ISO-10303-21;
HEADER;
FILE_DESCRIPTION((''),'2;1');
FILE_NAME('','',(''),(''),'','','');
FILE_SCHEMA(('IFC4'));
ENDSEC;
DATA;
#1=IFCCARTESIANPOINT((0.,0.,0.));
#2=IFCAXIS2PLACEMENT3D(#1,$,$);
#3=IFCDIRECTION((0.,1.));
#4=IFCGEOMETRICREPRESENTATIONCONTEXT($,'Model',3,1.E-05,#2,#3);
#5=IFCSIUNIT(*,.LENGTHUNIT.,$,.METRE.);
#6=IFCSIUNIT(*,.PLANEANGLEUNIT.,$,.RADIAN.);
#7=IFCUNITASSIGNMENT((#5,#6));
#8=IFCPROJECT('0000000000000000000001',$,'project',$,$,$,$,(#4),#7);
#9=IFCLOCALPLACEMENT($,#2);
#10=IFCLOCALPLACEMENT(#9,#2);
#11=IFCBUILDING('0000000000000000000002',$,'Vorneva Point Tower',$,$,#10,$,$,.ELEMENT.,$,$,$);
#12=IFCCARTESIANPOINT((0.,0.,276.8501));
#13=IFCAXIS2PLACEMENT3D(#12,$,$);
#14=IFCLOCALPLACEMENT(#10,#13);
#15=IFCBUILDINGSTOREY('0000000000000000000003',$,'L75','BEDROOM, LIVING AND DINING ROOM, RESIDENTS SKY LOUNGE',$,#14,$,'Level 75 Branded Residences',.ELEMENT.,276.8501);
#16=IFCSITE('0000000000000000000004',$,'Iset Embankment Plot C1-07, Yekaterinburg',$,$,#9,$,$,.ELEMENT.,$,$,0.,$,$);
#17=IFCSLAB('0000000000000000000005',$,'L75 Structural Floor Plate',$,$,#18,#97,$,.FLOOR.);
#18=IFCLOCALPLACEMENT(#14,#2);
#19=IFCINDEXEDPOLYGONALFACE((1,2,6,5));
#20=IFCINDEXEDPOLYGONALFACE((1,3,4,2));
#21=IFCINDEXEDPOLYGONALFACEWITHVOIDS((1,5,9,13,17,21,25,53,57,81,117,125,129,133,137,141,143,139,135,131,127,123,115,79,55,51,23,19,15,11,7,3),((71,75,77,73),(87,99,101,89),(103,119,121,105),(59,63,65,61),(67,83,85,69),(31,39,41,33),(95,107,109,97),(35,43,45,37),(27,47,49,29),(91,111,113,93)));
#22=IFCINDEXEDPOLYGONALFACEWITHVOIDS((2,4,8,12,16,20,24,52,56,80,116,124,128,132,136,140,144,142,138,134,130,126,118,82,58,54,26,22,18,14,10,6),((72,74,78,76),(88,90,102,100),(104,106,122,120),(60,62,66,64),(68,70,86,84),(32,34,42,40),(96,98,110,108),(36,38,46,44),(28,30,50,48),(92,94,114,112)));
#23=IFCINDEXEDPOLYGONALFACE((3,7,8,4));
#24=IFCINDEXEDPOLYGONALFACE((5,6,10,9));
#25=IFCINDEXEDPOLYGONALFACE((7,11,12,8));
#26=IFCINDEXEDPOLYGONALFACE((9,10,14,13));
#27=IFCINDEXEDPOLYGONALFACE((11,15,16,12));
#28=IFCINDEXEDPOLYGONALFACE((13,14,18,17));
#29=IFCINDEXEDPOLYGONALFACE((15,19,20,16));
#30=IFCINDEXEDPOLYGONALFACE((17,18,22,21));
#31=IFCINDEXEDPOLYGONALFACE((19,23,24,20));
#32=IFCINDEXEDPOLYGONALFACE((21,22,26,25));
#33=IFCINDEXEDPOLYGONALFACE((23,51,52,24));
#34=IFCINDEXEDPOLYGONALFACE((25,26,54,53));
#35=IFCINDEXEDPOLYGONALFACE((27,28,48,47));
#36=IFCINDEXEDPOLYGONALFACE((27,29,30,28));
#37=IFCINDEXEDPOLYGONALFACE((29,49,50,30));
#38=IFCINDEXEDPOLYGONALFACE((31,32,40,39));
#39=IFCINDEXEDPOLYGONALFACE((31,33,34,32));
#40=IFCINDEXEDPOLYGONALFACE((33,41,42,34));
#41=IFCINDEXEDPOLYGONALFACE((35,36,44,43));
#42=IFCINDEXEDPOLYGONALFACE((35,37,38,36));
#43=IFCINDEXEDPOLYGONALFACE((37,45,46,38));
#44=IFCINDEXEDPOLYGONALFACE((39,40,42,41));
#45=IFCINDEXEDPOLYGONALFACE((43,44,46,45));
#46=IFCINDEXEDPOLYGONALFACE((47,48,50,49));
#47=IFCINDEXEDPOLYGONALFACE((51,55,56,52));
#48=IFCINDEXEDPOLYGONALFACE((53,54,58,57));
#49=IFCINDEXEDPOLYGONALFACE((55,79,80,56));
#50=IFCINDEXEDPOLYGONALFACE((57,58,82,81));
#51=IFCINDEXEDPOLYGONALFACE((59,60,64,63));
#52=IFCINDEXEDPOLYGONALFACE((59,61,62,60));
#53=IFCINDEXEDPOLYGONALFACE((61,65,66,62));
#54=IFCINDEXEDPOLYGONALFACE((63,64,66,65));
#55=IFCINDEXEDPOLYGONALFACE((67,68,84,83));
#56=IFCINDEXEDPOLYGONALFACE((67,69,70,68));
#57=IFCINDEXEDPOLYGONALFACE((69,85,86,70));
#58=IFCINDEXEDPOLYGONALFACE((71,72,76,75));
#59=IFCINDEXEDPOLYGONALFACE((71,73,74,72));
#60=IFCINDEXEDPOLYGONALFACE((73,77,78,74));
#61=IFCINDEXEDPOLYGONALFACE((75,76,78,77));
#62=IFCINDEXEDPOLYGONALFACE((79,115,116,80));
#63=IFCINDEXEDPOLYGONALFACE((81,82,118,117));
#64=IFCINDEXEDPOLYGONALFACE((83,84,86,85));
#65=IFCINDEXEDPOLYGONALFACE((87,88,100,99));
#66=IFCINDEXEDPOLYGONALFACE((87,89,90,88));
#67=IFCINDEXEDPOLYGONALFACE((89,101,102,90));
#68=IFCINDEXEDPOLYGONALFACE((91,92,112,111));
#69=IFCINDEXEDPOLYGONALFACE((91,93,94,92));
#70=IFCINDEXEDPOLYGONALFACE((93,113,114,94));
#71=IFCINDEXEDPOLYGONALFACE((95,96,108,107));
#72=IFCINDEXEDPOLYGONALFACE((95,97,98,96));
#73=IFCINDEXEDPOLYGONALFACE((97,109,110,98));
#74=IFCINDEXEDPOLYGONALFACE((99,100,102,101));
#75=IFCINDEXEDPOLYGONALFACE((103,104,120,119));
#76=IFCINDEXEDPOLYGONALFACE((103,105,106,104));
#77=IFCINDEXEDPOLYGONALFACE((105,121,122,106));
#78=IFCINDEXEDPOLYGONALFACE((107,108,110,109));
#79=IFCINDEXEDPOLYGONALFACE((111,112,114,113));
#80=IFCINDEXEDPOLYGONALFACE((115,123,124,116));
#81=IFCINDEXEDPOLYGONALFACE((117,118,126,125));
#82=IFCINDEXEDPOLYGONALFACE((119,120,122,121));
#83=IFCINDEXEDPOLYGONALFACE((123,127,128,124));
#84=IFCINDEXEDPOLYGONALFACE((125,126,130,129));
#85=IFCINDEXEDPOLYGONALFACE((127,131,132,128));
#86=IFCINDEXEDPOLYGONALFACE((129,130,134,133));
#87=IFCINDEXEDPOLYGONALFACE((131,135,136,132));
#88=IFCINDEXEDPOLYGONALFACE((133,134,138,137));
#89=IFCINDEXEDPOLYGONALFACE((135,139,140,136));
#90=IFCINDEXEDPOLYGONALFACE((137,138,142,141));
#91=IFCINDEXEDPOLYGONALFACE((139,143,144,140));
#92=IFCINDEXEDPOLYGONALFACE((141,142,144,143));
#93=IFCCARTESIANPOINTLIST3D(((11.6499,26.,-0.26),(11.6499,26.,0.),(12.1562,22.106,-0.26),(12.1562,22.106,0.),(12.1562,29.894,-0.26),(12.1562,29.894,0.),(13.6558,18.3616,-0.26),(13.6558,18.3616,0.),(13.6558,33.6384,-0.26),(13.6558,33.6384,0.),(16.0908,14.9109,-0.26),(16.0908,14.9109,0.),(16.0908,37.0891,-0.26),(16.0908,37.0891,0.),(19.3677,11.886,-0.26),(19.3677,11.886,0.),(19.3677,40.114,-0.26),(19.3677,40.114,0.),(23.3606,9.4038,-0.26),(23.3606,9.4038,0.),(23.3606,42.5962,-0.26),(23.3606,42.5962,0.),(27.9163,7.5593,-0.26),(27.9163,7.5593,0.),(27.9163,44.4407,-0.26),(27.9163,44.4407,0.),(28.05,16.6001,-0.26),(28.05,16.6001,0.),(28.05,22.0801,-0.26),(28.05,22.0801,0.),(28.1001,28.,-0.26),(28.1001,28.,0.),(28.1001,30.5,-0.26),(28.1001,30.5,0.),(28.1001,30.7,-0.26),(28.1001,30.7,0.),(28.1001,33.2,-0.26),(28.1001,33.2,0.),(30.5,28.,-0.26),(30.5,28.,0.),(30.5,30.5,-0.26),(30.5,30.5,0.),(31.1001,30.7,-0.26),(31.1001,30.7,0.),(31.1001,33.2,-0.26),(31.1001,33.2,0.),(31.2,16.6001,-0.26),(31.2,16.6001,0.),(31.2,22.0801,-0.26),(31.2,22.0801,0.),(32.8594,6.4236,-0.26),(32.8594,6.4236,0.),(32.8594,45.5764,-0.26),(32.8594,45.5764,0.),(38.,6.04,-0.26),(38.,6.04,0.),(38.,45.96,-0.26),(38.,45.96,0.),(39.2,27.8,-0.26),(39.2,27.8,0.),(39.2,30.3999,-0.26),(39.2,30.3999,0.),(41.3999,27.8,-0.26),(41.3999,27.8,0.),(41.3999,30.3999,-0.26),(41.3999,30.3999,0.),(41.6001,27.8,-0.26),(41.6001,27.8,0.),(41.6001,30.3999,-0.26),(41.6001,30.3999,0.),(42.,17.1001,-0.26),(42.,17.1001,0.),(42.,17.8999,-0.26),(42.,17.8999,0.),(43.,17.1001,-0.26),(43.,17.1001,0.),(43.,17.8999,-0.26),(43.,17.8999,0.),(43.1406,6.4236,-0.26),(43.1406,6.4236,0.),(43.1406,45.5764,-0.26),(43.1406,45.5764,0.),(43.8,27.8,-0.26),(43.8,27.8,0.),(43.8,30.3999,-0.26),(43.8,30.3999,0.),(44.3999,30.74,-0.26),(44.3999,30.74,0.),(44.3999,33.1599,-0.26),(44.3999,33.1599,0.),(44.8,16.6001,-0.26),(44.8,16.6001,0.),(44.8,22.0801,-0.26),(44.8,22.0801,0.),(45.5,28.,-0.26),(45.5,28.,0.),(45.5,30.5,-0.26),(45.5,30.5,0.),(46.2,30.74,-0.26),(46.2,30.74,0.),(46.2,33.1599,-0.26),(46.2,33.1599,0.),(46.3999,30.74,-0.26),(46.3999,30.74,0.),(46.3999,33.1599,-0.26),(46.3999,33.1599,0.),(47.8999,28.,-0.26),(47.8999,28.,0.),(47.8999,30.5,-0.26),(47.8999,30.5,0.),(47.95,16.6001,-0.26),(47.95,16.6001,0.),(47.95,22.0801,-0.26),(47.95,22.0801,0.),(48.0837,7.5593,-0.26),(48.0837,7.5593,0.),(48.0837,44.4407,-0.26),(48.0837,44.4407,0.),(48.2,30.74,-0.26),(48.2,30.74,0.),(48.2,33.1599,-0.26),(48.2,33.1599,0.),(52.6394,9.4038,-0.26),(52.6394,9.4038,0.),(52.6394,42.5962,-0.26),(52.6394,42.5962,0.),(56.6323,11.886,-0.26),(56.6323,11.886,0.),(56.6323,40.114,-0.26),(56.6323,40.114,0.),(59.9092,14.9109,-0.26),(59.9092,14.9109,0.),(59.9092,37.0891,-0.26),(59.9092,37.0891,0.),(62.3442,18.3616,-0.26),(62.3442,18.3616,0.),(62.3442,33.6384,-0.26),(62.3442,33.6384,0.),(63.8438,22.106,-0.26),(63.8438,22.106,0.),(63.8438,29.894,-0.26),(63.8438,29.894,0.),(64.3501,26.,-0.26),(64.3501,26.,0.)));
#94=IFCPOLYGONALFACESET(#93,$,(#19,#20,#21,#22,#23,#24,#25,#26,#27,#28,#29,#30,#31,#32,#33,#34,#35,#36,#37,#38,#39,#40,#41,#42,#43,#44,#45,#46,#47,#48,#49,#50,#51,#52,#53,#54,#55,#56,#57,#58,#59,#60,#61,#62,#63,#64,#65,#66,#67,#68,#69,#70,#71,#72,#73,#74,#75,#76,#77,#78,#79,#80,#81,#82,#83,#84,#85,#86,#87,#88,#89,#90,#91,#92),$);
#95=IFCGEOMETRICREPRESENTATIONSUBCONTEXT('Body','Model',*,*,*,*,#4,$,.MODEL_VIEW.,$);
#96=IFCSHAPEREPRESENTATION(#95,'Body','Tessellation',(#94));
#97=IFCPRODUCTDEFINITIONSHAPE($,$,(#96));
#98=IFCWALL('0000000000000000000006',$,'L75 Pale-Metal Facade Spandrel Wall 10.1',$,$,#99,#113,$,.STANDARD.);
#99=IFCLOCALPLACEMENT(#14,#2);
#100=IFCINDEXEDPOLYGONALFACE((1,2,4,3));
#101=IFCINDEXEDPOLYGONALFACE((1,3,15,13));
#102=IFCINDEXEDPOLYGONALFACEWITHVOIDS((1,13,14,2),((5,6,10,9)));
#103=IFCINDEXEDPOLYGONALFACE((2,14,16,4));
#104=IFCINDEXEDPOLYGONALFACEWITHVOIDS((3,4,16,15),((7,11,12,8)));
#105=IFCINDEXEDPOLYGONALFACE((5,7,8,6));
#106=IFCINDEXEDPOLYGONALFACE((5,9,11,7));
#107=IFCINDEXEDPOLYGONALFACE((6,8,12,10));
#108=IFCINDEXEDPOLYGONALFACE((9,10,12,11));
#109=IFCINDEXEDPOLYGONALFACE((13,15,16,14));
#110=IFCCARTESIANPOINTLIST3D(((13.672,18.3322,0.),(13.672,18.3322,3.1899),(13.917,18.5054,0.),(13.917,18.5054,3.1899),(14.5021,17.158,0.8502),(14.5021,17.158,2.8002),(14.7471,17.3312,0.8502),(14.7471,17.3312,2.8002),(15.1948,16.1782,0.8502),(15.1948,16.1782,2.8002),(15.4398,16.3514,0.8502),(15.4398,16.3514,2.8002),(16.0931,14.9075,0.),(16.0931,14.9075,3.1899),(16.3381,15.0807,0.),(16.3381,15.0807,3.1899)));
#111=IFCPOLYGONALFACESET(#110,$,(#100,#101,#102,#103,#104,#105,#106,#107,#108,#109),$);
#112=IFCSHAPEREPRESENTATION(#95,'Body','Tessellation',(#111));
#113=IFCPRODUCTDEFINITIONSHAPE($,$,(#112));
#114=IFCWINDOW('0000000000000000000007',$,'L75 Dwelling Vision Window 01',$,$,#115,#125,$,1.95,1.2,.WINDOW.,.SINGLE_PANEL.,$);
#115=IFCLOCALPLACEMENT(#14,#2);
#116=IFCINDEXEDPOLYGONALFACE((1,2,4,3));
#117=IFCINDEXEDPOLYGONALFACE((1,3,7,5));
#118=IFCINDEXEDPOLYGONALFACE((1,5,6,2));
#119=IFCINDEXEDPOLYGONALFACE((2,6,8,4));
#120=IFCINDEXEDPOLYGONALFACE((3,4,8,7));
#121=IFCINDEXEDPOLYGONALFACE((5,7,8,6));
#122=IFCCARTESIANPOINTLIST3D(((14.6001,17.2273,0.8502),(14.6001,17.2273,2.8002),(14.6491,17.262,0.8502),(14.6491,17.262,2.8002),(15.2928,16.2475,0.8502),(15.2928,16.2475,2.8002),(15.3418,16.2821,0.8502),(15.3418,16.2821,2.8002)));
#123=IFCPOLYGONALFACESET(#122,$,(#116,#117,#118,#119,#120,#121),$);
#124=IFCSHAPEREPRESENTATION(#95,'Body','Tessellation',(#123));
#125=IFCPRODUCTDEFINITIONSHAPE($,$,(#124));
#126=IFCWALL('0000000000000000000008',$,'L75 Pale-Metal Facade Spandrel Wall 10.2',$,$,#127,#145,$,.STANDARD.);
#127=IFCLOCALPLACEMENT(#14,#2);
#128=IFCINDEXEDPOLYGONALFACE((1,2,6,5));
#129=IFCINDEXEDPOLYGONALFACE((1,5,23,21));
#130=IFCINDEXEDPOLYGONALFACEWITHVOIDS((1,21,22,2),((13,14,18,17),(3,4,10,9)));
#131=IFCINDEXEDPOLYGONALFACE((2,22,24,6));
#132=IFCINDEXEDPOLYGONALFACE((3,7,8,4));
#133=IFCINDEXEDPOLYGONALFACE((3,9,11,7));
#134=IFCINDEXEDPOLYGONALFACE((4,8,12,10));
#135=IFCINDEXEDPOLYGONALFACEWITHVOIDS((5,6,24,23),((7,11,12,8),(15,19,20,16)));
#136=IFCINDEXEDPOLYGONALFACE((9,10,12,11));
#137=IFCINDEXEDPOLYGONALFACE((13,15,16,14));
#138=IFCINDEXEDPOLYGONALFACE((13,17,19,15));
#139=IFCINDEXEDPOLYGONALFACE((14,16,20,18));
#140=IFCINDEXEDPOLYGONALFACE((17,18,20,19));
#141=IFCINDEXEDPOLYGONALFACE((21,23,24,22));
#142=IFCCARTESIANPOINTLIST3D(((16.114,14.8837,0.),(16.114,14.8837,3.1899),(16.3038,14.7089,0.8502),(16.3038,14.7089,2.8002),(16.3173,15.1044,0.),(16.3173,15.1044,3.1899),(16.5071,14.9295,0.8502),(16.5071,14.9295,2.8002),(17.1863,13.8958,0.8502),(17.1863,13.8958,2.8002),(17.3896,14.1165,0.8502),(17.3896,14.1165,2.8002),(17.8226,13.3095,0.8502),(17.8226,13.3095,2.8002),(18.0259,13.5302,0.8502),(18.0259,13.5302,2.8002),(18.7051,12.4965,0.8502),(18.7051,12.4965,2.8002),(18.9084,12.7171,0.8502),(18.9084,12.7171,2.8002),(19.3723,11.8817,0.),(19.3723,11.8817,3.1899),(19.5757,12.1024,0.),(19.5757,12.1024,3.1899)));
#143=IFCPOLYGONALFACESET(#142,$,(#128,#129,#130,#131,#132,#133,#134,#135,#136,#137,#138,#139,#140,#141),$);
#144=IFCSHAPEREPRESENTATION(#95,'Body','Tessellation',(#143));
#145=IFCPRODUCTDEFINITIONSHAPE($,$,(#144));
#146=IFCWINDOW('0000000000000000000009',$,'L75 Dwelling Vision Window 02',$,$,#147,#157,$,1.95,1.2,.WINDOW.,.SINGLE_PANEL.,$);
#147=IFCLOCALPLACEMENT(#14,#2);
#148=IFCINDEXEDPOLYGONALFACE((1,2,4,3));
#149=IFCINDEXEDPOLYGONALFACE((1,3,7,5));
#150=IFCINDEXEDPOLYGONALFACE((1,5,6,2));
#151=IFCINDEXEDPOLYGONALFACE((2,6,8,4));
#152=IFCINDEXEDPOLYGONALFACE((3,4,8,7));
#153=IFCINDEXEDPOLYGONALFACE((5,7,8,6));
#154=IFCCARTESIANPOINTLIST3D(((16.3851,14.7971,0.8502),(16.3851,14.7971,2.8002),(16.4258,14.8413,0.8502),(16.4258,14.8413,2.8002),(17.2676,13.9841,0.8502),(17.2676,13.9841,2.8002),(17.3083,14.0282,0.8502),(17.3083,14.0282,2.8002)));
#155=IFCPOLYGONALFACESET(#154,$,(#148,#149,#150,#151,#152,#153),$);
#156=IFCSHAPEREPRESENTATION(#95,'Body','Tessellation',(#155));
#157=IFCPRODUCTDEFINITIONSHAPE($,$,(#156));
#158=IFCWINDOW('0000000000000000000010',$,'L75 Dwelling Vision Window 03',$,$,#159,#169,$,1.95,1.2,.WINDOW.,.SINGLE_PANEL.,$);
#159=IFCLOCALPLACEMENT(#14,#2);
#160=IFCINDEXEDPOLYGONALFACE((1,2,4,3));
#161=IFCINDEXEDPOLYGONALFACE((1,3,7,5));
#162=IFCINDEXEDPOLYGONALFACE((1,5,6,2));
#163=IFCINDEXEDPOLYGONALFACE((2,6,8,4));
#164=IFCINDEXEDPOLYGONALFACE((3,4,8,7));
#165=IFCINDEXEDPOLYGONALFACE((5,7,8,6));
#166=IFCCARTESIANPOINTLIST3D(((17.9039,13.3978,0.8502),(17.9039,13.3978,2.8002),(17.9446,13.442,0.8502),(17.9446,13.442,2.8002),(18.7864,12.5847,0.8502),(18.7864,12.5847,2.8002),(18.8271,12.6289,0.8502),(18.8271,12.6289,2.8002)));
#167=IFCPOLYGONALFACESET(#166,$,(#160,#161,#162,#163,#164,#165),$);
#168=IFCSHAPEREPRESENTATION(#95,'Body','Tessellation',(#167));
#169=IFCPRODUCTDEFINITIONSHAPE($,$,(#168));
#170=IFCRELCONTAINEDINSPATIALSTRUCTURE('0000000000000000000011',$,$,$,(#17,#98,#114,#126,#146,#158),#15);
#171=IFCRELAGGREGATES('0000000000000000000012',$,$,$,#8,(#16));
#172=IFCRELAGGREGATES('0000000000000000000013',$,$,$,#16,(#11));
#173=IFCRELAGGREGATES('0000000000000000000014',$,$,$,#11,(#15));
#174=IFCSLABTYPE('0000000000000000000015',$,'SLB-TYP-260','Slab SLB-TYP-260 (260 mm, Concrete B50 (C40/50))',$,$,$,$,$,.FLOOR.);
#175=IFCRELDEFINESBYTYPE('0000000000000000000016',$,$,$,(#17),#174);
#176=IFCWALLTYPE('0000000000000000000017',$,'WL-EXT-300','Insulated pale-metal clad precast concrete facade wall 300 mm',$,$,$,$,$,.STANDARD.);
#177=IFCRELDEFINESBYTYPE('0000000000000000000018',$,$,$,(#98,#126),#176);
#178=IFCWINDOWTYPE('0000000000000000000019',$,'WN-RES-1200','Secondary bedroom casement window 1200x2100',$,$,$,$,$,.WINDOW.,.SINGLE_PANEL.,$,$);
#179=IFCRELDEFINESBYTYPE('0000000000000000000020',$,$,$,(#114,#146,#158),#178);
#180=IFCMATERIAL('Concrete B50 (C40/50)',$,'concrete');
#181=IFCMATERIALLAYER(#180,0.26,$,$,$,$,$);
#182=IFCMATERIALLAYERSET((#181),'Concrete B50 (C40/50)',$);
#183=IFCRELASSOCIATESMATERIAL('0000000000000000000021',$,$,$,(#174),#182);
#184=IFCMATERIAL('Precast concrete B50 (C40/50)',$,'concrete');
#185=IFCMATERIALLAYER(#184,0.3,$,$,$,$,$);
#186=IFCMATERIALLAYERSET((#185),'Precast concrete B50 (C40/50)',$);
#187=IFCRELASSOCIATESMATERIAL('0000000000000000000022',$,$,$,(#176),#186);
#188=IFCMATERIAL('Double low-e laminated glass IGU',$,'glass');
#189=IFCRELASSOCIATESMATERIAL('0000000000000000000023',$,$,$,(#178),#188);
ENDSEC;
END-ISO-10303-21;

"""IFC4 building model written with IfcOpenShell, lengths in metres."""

from ifc_helpers import new_model, si_unit, direction, frame, frame_2d, origin, place, context, subcontext, project, spatial, polyline, rectangle, outline, extrude, material, layer, layer_set, type_object, element, fill, save


model = new_model("IFC4")

# Units and contexts
model_context = context("Model", 3, precision=1e-05, world=origin(), true_north=direction((0.0, 1.0)))
body_context = subcontext(model_context, "Body", "Model", "MODEL_VIEW")
ifc_project = project(units=[si_unit("LENGTHUNIT", "METRE"), si_unit("PLANEANGLEUNIT", "RADIAN")], contexts=[model_context])

# Site, building, storey
site_placement = place(None, origin())
site = spatial("IfcSite", under=ifc_project, at=site_placement, Name="Iset Embankment Plot C1-07, Yekaterinburg", CompositionType="ELEMENT", RefElevation=0.0)
building_placement = place(site_placement, origin())
building = spatial("IfcBuilding", under=site, at=building_placement, Name="Vorneva Point Tower", CompositionType="ELEMENT")
storey_placement = place(building_placement, frame((0.0, 0.0, 276.8501)))
storey = spatial("IfcBuildingStorey", under=building, at=storey_placement, Name="L75", Description="BEDROOM, LIVING AND DINING ROOM, RESIDENTS SKY LOUNGE", LongName="Level 75 Branded Residences", CompositionType="ELEMENT", Elevation=276.8501)

# Shared definitions
ifc_material_1 = material(Name="Concrete B50 (C40/50)", Category="concrete")

# Shared definitions
ifc_material_2 = material(Name="Double low-e laminated glass IGU", Category="glass")

# Slab
ifc_layer_1 = layer(ifc_material_1, 0.26)
ifc_layer_set_1 = layer_set([ifc_layer_1], Name="Concrete B50 (C40/50)")
slab_type_1 = type_object("IfcSlabType", Name="SLB-TYP-260", Description="Slab SLB-TYP-260 (260 mm, Concrete B50 (C40/50))", PredefinedType="FLOOR", material=ifc_layer_set_1)
slab_1_placement = place(storey_placement, frame((0.0, 0.0, -0.26)))
element("IfcSlab", 1, at=slab_1_placement, inside=storey, type_object=slab_type_1, Name="L75 Structural Floor Plate", PredefinedType="FLOOR", context=body_context, shape_type="SweptSolid", body=[
    extrude(outline(polyline([(64.3501, 26.0), (63.8438, 29.894), (62.3442, 33.6384), (59.9092, 37.0891), (56.6323, 40.114), (52.6394, 42.5962), (48.0837, 44.4407), (43.1406, 45.5764), (38.0, 45.96), (32.8594, 45.5764), (27.9163, 44.4407), (23.3606, 42.5962), (19.3677, 40.114), (16.0908, 37.0891), (13.6558, 33.6384), (12.1562, 29.894), (11.6499, 26.0), (12.1562, 22.106), (13.6558, 18.3616), (16.0908, 14.9109), (19.3677, 11.886), (23.3606, 9.4038), (27.9163, 7.5593), (32.8594, 6.4236), (38.0, 6.04), (43.1406, 6.4236), (48.0837, 7.5593), (52.6394, 9.4038), (56.6323, 11.886), (59.9092, 14.9109), (62.3442, 18.3616), (63.8438, 22.106), (64.3501, 26.0)]), holes=[polyline([(39.2, 27.8), (41.3999, 27.8), (41.3999, 30.3999), (39.2, 30.3999), (39.2, 27.8)]), polyline([(41.6001, 27.8), (43.8, 27.8), (43.8, 30.3999), (41.6001, 30.3999), (41.6001, 27.8)]), polyline([(44.3999, 30.74), (46.2, 30.74), (46.2, 33.1599), (44.3999, 33.1599), (44.3999, 30.74)]), polyline([(46.3999, 30.74), (48.2, 30.74), (48.2, 33.1599), (46.3999, 33.1599), (46.3999, 30.74)]), polyline([(28.1001, 28.0), (30.5, 28.0), (30.5, 30.5), (28.1001, 30.5), (28.1001, 28.0)]), polyline([(45.5, 28.0), (47.8999, 28.0), (47.8999, 30.5), (45.5, 30.5), (45.5, 28.0)]), polyline([(28.1001, 30.7), (31.1001, 30.7), (31.1001, 33.2), (28.1001, 33.2), (28.1001, 30.7)]), polyline([(28.05, 16.6001), (31.2, 16.6001), (31.2, 22.0801), (28.05, 22.0801), (28.05, 16.6001)]), polyline([(44.8, 16.6001), (47.95, 16.6001), (47.95, 22.0801), (44.8, 22.0801), (44.8, 16.6001)]), polyline([(42.0, 17.1001), (43.0, 17.1001), (43.0, 17.8999), (42.0, 17.8999), (42.0, 17.1001)])]), origin(), (0.0, 0.0, 1.0), 0.26),
])

# Wall, opening, window
ifc_material_3 = material(Name="Precast concrete B50 (C40/50)", Category="concrete")
ifc_layer_2 = layer(ifc_material_3, 0.3)
ifc_layer_set_2 = layer_set([ifc_layer_2], Name="Precast concrete B50 (C40/50)")
wall_type_1 = type_object("IfcWallType", Name="WL-EXT-300", Description="Insulated pale-metal clad precast concrete facade wall 300 mm", PredefinedType="STANDARD", material=ifc_layer_set_2)
wall_1_placement = place(storey_placement, frame((13.7944, 18.4189, 0.0), z_axis=(0.0, 0.0, 1.0), x_axis=(0.577261, -0.81656, 0.0)))
wall_1 = element("IfcWall", 2, at=wall_1_placement, inside=storey, type_object=wall_type_1, Name="L75 Pale-Metal Facade Spandrel Wall 10.1", PredefinedType="STANDARD", context=body_context, shape_type="SweptSolid", body=[
    extrude(rectangle(XDim=4.1941, YDim=0.3, at=frame_2d((2.0972, 0.0))), origin(), (0.0, 0.0, 1.0), 3.1899),
])
opening_1_placement = place(wall_1_placement, frame((1.438, 0.0, 0.8501)))
opening_1 = element("IfcOpeningElement", 3, at=opening_1_placement, cuts=wall_1, PredefinedType="OPENING", context=body_context, shape_type="SweptSolid", body=[
    extrude(rectangle(XDim=1.2, YDim=1.95, at=frame_2d((0.6001, 0.9751))), frame((0.0, 0.165, 0.0), z_axis=(0.0, -1.0, 0.0), x_axis=(1.0, 0.0, 0.0)), (0.0, 0.0, 1.0), 0.3298),
])
window_type = type_object("IfcWindowType", Name="WN-RES-1200", Description="Secondary bedroom casement window 1200x2100", PartitioningType="SINGLE_PANEL", PredefinedType="WINDOW", material=ifc_material_2)
window_1_placement = place(opening_1_placement, origin())
window_1 = element("IfcWindow", 4, at=window_1_placement, inside=storey, type_object=window_type, Name="L75 Dwelling Vision Window 01", OverallHeight=1.95, OverallWidth=1.2, PartitioningType="SINGLE_PANEL", PredefinedType="WINDOW", context=body_context, shape_type="SweptSolid", body=[
    extrude(rectangle(XDim=1.2, YDim=1.95, at=frame_2d((0.6001, 0.9751))), frame((0.0, 0.03, 0.0), z_axis=(0.0, -1.0, 0.0), x_axis=(1.0, 0.0, 0.0)), (0.0, 0.0, 1.0), 0.0601),
])
fill(opening_1, window_1)

# Wall, openings, windows
wall_2_placement = place(storey_placement, frame((16.2156, 14.9941, 0.0), z_axis=(0.0, 0.0, 1.0), x_axis=(0.735445, -0.677584, 0.0)))
wall_2 = element("IfcWall", 5, at=wall_2_placement, inside=storey, type_object=wall_type_1, Name="L75 Pale-Metal Facade Spandrel Wall 10.2", PredefinedType="STANDARD", context=body_context, shape_type="SweptSolid", body=[
    extrude(rectangle(XDim=4.4304, YDim=0.3, at=frame_2d((2.2153, 0.0))), origin(), (0.0, 0.0, 1.0), 3.1899),
])
opening_2_placement = place(wall_2_placement, frame((0.2581, 0.0, 0.8501)))
opening_2 = element("IfcOpeningElement", 6, at=opening_2_placement, cuts=wall_2, PredefinedType="OPENING", context=body_context, shape_type="SweptSolid", body=[
    extrude(rectangle(XDim=1.2, YDim=1.95, at=frame_2d((0.6001, 0.9751))), frame((0.0, 0.165, 0.0), z_axis=(0.0, -1.0, 0.0), x_axis=(1.0, 0.0, 0.0)), (0.0, 0.0, 1.0), 0.3298),
])
opening_3_placement = place(wall_2_placement, frame((2.3232, 0.0, 0.8501)))
opening_3 = element("IfcOpeningElement", 7, at=opening_3_placement, cuts=wall_2, PredefinedType="OPENING", context=body_context, shape_type="SweptSolid", body=[
    extrude(rectangle(XDim=1.2, YDim=1.95, at=frame_2d((0.6001, 0.9751))), frame((0.0, 0.165, 0.0), z_axis=(0.0, -1.0, 0.0), x_axis=(1.0, 0.0, 0.0)), (0.0, 0.0, 1.0), 0.3298),
])
window_2_placement = place(opening_2_placement, origin())
window_2 = element("IfcWindow", 8, at=window_2_placement, inside=storey, type_object=window_type, Name="L75 Dwelling Vision Window 02", OverallHeight=1.95, OverallWidth=1.2, PartitioningType="SINGLE_PANEL", PredefinedType="WINDOW", context=body_context, shape_type="SweptSolid", body=[
    extrude(rectangle(XDim=1.2, YDim=1.95, at=frame_2d((0.6001, 0.9751))), frame((0.0, 0.03, 0.0), z_axis=(0.0, -1.0, 0.0), x_axis=(1.0, 0.0, 0.0)), (0.0, 0.0, 1.0), 0.0601),
])
fill(opening_2, window_2)
window_3_placement = place(opening_3_placement, origin())
window_3 = element("IfcWindow", 9, at=window_3_placement, inside=storey, type_object=window_type, Name="L75 Dwelling Vision Window 03", OverallHeight=1.95, OverallWidth=1.2, PartitioningType="SINGLE_PANEL", PredefinedType="WINDOW", context=body_context, shape_type="SweptSolid", body=[
    extrude(rectangle(XDim=1.2, YDim=1.95, at=frame_2d((0.6001, 0.9751))), frame((0.0, 0.03, 0.0), z_axis=(0.0, -1.0, 0.0), x_axis=(1.0, 0.0, 0.0)), (0.0, 0.0, 1.0), 0.0601),
])
fill(opening_3, window_3)

save(model, "model.ifc")
